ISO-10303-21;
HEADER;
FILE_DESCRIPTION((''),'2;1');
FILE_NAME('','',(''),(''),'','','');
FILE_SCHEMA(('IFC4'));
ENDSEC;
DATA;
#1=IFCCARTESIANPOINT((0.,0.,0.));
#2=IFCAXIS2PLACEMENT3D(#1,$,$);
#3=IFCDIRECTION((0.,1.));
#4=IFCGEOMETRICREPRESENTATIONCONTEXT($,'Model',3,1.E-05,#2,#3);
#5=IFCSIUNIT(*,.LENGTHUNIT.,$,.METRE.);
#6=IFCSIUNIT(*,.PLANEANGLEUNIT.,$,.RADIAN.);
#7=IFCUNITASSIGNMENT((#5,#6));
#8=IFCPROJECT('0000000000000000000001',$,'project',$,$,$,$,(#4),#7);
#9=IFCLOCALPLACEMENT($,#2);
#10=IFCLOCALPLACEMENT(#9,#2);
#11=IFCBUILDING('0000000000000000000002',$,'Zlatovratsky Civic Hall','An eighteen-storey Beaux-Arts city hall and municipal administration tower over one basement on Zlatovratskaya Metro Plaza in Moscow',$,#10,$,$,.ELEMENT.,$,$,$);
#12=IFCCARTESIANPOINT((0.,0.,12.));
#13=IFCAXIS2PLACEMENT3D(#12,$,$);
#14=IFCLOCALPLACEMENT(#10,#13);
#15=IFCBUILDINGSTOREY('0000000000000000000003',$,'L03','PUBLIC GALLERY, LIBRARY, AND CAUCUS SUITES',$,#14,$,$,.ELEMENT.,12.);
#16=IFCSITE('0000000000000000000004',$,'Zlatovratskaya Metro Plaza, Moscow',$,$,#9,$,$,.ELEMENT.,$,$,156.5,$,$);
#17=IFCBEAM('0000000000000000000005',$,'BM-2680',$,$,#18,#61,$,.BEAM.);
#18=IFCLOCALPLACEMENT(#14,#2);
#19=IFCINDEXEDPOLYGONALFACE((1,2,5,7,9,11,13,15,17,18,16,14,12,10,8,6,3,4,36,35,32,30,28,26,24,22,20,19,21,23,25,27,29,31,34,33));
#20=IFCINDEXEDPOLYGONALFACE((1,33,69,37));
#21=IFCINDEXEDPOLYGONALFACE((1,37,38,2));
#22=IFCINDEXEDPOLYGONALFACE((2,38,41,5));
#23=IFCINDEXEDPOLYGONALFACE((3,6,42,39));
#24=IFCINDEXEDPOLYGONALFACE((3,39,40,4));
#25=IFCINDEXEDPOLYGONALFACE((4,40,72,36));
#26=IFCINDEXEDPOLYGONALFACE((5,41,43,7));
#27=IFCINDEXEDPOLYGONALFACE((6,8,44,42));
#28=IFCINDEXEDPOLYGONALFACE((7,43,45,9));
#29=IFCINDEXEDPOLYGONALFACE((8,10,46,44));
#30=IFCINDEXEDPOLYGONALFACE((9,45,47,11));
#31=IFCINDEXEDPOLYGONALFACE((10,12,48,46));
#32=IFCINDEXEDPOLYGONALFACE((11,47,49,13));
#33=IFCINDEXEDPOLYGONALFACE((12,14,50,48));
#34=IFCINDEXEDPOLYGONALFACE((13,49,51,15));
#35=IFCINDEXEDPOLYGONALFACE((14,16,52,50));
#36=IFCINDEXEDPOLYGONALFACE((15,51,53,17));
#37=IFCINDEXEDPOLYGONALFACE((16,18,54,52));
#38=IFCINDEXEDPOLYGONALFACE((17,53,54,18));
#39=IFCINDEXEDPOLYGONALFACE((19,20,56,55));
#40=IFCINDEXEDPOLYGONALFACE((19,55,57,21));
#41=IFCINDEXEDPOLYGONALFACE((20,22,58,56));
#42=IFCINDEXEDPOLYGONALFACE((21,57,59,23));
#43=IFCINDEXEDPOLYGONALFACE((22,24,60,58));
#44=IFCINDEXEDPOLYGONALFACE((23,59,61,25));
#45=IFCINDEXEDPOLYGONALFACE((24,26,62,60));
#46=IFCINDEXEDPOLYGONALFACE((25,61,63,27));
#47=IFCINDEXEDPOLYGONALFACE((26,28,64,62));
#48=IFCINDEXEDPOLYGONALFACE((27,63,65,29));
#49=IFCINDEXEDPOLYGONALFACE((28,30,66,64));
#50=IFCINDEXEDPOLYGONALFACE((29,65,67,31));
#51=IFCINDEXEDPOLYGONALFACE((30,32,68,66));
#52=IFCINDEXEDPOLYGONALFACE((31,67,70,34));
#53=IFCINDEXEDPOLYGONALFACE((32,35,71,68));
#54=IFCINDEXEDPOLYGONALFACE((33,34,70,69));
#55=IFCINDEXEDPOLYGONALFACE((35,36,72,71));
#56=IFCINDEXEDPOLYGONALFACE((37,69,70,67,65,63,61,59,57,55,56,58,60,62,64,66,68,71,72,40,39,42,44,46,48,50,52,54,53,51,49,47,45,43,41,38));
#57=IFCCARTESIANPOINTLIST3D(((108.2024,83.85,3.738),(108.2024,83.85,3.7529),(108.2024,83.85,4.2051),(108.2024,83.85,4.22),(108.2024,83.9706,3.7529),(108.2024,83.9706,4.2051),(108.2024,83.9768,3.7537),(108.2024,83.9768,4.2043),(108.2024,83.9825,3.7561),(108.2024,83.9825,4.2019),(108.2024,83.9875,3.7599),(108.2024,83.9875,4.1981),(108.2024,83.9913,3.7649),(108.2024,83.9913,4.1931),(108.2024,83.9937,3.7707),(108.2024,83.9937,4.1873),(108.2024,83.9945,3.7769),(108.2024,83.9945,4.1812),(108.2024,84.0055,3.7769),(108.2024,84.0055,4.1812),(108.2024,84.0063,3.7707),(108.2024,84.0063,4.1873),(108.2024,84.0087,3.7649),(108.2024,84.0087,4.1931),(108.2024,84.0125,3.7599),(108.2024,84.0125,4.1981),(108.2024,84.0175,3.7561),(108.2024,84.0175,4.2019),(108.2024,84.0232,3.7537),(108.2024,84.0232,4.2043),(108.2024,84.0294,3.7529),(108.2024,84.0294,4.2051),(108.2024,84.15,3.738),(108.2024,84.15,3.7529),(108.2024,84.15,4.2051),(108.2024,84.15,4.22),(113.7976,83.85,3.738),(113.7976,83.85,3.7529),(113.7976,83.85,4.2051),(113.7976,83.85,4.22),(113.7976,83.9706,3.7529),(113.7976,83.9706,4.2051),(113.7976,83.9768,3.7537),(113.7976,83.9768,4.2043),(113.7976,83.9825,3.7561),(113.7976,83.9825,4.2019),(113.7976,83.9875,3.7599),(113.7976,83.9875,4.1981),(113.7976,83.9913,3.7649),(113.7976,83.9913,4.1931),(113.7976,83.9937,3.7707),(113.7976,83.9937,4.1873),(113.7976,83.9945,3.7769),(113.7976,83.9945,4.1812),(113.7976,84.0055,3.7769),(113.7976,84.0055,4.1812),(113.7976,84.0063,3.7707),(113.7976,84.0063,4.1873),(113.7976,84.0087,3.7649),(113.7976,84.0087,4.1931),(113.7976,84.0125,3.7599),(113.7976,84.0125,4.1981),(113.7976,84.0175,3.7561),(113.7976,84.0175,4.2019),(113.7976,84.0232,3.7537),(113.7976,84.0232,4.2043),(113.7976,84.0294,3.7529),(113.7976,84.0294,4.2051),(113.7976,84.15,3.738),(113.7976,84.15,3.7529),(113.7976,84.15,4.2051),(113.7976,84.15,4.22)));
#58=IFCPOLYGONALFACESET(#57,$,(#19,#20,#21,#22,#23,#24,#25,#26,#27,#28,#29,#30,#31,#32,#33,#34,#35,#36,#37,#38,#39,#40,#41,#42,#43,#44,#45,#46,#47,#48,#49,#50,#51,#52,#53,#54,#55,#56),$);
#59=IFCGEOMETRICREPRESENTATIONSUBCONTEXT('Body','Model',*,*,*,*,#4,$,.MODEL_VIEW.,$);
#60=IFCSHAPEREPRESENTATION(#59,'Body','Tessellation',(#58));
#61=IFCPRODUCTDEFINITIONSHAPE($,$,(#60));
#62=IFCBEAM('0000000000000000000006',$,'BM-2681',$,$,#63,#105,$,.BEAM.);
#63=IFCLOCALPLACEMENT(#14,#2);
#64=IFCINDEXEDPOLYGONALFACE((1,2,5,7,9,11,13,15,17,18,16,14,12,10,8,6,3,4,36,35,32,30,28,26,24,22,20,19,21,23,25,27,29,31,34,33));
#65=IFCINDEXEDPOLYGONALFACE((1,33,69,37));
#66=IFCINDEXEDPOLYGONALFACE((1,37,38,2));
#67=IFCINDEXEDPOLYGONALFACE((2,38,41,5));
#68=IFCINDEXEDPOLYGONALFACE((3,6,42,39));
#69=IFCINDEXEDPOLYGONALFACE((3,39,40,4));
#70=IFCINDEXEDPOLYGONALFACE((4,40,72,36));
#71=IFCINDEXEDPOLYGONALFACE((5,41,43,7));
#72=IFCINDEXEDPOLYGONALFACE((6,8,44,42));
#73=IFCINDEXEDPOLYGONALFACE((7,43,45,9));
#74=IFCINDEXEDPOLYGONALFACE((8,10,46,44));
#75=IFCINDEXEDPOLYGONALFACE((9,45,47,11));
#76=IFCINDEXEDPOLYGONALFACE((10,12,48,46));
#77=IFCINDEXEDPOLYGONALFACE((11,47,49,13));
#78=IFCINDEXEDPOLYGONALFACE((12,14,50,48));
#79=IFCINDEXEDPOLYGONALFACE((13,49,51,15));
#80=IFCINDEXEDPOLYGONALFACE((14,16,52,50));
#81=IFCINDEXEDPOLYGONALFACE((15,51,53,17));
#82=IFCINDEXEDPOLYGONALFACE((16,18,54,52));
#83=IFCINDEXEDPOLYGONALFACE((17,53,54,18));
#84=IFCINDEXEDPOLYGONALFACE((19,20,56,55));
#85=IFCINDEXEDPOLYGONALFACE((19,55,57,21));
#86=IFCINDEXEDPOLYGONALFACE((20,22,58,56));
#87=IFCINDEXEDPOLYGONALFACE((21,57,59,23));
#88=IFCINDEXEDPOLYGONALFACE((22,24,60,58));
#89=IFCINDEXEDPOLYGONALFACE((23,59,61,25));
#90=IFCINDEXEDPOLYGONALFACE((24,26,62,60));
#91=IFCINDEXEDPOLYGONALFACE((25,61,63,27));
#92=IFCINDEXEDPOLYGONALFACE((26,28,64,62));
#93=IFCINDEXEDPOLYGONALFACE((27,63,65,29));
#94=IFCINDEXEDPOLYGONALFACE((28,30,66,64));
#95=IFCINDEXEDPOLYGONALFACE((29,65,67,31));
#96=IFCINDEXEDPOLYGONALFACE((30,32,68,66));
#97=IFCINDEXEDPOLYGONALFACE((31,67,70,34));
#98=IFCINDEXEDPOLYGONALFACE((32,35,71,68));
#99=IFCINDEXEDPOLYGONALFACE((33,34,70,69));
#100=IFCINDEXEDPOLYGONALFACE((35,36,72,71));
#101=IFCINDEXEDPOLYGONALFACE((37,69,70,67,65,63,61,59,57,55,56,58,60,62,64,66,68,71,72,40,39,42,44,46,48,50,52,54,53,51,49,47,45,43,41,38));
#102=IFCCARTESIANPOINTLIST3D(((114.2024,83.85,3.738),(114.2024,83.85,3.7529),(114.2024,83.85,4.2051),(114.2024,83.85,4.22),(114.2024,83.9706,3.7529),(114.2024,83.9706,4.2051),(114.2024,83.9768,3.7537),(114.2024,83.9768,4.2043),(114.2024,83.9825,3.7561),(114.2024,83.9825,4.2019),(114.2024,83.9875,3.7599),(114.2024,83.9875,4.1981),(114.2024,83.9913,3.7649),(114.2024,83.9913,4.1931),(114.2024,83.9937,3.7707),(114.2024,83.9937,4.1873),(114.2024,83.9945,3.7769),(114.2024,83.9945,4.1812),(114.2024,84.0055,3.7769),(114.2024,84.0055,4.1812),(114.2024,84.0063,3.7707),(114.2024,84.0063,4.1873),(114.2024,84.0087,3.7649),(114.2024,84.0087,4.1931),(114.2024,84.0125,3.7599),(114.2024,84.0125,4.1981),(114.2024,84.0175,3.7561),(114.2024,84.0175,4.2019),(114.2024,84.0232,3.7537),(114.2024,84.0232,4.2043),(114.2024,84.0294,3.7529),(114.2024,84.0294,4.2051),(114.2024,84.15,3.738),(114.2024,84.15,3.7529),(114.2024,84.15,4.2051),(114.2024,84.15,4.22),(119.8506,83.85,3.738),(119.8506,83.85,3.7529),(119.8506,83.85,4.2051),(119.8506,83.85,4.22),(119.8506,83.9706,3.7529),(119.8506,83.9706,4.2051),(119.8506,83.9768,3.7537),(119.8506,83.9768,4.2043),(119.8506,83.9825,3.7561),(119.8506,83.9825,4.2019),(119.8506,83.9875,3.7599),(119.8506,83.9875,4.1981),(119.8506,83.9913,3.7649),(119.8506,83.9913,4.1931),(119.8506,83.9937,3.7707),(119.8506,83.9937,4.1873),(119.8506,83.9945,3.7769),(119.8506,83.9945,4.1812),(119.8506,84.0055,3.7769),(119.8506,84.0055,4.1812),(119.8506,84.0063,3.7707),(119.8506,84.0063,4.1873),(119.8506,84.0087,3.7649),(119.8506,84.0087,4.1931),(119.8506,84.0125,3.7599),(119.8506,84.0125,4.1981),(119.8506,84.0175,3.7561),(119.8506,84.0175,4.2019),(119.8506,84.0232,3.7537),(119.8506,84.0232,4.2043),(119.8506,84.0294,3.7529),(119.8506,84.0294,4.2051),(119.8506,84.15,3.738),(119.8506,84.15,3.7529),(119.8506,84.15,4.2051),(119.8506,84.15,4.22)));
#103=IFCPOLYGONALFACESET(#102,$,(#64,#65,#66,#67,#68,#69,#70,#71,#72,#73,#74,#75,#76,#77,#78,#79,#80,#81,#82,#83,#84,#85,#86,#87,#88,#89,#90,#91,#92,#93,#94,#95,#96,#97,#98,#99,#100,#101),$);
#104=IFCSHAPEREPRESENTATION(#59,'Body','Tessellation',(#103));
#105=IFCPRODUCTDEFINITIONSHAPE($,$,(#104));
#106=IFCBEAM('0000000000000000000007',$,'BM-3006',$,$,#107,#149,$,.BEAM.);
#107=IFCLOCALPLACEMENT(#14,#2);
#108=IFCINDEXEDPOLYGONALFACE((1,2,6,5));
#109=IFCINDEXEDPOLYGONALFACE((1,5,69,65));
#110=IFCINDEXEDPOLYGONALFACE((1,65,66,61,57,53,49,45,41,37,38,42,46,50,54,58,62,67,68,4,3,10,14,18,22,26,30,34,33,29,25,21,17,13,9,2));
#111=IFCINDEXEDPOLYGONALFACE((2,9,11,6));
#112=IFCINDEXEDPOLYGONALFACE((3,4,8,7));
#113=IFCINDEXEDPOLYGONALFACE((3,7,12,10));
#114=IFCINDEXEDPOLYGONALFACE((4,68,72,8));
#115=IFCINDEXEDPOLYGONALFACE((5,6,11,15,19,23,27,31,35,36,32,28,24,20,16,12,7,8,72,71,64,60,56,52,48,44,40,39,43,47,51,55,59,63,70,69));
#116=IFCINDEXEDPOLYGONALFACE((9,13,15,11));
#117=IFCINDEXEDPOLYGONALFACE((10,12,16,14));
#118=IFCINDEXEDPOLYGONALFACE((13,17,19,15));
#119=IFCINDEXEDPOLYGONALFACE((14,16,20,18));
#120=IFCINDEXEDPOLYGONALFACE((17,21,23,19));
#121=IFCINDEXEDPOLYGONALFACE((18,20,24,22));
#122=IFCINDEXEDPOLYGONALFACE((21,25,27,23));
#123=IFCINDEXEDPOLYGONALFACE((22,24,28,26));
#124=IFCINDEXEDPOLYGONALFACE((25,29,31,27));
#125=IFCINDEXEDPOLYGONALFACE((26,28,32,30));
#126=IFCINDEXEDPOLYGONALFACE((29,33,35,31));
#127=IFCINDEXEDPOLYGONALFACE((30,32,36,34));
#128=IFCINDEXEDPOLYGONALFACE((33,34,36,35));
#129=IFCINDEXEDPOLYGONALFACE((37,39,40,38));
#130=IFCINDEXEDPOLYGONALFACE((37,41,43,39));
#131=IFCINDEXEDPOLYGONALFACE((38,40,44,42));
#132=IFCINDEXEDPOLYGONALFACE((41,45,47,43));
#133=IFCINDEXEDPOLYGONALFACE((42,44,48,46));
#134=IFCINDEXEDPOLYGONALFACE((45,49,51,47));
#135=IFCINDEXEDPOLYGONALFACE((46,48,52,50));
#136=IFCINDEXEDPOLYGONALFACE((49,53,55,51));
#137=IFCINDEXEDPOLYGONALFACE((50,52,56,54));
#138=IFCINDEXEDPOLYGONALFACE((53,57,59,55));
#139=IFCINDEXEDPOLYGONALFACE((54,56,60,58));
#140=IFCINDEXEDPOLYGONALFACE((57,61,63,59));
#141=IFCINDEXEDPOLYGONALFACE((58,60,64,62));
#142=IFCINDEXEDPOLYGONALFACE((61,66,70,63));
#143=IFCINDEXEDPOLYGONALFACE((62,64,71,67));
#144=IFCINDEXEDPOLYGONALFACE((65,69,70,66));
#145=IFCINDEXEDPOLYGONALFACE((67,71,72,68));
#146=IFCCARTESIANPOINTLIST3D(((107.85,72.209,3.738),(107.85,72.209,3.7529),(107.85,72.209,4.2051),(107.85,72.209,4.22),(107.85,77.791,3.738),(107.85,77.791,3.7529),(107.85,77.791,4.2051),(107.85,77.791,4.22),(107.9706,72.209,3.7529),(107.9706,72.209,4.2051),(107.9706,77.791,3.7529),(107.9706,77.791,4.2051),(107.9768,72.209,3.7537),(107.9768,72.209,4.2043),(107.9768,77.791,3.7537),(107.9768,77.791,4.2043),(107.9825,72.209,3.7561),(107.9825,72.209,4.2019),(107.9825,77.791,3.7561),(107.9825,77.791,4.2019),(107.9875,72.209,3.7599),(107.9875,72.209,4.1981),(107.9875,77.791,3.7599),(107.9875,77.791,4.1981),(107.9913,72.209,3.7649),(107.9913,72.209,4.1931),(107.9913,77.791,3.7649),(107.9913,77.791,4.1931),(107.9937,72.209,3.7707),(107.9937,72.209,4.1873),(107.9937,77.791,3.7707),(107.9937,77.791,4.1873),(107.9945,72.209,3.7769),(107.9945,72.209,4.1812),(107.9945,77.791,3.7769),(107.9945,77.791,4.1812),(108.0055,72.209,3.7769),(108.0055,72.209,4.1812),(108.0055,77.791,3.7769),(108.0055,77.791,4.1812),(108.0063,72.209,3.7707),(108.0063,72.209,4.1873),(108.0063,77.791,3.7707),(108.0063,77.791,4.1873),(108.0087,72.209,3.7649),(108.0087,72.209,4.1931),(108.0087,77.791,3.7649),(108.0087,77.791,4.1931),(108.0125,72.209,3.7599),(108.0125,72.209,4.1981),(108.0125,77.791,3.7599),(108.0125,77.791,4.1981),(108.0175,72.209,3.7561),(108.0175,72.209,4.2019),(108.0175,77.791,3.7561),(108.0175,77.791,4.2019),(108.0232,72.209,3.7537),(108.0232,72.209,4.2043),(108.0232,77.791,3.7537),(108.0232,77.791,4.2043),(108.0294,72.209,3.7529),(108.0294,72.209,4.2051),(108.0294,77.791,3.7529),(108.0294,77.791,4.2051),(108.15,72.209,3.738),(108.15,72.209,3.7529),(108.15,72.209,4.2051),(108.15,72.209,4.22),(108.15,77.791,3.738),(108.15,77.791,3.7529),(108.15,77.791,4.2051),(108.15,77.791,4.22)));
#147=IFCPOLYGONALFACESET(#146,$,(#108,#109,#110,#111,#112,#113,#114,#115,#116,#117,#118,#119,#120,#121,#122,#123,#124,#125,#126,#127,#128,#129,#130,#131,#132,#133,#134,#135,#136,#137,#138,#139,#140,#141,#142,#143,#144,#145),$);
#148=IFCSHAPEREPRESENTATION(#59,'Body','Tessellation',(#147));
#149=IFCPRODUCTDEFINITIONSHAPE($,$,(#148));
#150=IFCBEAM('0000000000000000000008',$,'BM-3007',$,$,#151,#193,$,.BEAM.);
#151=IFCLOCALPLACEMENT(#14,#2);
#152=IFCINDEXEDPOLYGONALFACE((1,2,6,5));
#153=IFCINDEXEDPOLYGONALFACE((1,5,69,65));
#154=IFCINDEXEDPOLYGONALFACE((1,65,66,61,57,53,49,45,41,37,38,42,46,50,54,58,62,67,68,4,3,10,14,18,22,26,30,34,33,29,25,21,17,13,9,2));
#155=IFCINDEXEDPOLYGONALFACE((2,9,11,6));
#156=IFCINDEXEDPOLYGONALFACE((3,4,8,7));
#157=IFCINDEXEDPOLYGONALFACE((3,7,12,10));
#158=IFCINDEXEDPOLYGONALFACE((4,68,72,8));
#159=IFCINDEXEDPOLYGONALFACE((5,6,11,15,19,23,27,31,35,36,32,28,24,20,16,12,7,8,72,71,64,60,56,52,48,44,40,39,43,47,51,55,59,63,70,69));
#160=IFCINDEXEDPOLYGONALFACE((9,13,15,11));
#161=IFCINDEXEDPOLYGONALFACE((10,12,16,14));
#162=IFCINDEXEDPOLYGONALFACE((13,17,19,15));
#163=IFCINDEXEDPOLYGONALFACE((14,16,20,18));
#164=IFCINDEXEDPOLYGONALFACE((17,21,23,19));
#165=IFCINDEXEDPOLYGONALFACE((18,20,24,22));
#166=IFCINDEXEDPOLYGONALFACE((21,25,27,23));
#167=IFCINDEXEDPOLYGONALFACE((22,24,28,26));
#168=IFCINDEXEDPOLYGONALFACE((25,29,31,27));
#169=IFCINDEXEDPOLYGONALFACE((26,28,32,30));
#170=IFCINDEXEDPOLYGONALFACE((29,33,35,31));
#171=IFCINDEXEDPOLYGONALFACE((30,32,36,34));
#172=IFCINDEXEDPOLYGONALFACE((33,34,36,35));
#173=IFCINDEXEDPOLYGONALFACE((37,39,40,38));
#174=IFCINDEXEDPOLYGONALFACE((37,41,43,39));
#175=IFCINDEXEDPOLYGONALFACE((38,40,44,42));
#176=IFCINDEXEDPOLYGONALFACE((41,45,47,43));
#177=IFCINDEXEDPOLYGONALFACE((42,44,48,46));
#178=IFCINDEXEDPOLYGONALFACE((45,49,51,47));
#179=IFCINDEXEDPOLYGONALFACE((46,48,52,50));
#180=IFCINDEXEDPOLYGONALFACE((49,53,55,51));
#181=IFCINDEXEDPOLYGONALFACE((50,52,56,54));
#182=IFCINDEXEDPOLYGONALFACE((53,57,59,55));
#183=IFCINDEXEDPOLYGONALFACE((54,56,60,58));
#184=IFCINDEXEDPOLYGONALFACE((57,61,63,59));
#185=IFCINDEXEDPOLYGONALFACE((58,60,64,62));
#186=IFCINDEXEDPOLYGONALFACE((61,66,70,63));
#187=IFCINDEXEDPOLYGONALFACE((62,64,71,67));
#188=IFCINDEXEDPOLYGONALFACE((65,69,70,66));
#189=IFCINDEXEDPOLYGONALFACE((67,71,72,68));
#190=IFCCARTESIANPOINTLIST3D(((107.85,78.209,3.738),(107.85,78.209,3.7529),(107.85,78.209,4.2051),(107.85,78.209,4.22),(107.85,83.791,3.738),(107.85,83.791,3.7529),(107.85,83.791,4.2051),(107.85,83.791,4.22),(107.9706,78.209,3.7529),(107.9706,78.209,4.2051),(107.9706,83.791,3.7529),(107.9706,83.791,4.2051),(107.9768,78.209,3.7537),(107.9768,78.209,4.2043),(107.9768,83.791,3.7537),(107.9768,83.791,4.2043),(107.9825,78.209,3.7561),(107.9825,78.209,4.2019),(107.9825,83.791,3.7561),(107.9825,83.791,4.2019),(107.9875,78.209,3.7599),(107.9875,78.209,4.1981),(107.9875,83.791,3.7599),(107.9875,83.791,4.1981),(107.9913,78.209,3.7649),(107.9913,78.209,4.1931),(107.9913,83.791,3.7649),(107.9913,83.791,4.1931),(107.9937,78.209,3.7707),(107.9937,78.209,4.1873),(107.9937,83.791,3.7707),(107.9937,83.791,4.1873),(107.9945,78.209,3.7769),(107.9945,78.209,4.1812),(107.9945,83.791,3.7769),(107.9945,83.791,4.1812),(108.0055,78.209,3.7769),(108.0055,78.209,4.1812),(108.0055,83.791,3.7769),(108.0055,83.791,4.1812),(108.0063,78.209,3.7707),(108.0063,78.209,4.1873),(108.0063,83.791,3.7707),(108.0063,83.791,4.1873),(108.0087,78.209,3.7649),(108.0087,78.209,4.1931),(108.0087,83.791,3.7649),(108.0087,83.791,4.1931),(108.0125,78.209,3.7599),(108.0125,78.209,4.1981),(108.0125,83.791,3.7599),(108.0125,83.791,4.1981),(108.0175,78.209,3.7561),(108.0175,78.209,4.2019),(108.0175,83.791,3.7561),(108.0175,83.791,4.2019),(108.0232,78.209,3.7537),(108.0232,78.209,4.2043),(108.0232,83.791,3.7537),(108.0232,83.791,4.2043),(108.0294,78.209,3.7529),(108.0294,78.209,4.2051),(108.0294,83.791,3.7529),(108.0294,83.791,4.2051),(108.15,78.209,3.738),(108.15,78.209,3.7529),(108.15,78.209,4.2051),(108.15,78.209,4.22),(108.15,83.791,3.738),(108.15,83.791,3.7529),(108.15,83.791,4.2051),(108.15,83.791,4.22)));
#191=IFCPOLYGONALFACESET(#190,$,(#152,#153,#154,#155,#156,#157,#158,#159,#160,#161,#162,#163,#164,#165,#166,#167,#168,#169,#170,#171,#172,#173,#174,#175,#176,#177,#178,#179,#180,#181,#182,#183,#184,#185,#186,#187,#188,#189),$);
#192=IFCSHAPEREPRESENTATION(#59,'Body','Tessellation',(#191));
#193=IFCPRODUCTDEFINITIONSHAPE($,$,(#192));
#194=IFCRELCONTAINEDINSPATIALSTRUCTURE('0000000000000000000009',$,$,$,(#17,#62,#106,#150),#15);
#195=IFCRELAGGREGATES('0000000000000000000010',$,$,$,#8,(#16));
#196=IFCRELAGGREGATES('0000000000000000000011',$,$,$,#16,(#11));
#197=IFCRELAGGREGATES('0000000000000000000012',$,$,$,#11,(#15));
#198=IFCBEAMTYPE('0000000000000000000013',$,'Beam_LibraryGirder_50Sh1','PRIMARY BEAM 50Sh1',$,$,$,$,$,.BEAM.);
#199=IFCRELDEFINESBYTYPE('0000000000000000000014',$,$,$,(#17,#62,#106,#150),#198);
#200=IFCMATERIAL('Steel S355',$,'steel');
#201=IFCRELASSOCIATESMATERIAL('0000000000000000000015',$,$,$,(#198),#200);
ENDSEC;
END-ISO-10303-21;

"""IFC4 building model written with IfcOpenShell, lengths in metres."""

from ifc_helpers import new_model, si_unit, direction, frame, origin, origin_2d, place, context, subcontext, project, spatial, i_section, extrude, material, material_profile, profile_set, type_object, element, save


model = new_model("IFC4")

# Units and contexts
model_context = context("Model", 3, precision=1e-05, world=origin(), true_north=direction((0.0, 1.0)))
body_context = subcontext(model_context, "Body", "Model", "MODEL_VIEW")
ifc_project = project(units=[si_unit("LENGTHUNIT", "METRE"), si_unit("PLANEANGLEUNIT", "RADIAN")], contexts=[model_context])

# Site, building, storey
site_placement = place(None, origin())
site = spatial("IfcSite", under=ifc_project, at=site_placement, Name="Zlatovratskaya Metro Plaza, Moscow", CompositionType="ELEMENT", RefElevation=156.5)
building_placement = place(site_placement, origin())
building = spatial("IfcBuilding", under=site, at=building_placement, Name="Zlatovratsky Civic Hall", Description="An eighteen-storey Beaux-Arts city hall and municipal administration tower over one basement on Zlatovratskaya Metro Plaza in Moscow", CompositionType="ELEMENT")
storey_placement = place(building_placement, frame((0.0, 0.0, 12.0)))
storey = spatial("IfcBuildingStorey", under=building, at=storey_placement, Name="L03", Description="PUBLIC GALLERY, LIBRARY, AND CAUCUS SUITES", CompositionType="ELEMENT", Elevation=12.0)

# Shared definitions
ifc_material_1 = material(Name="Steel S355", Category="steel")

# Beams
ifc_material_profile_1 = material_profile(ifc_material_1, i_section(OverallWidth=0.3, OverallDepth=0.4819, WebThickness=0.011, FlangeThickness=0.0149, FilletRadius=0.0239, at=origin_2d()), Name="50Sh1")
ifc_profile_set_1 = profile_set([ifc_material_profile_1], Name="Steel S355")
beam_type_1 = type_object("IfcBeamType", Name="Beam_LibraryGirder_50Sh1", Description="PRIMARY BEAM 50Sh1", PredefinedType="BEAM", material=ifc_profile_set_1)
beam_1_placement = place(storey_placement, frame((108.2024, 84.0, 3.979), z_axis=(1.0, 0.0, 0.0), x_axis=(0.0, 1.0, 0.0)))
element("IfcBeam", 1, at=beam_1_placement, inside=storey, type_object=beam_type_1, Name="BM-2680", PredefinedType="BEAM", context=body_context, shape_type="SweptSolid", body=[
    extrude(i_section(OverallWidth=0.3, OverallDepth=0.4819, WebThickness=0.011, FlangeThickness=0.0149, FilletRadius=0.0239, at=origin_2d()), origin(), (0.0, 0.0, 1.0), 5.5952),
])
beam_2_placement = place(storey_placement, frame((114.2024, 84.0, 3.979), z_axis=(1.0, 0.0, 0.0), x_axis=(0.0, 1.0, 0.0)))
element("IfcBeam", 2, at=beam_2_placement, inside=storey, type_object=beam_type_1, Name="BM-2681", PredefinedType="BEAM", context=body_context, shape_type="SweptSolid", body=[
    extrude(i_section(OverallWidth=0.3, OverallDepth=0.4819, WebThickness=0.011, FlangeThickness=0.0149, FilletRadius=0.0239, at=origin_2d()), origin(), (0.0, 0.0, 1.0), 5.6482),
])
for number, where, z_axis, x_axis, name in (
    (3, (108.0, 72.209, 3.979), (0.0, 1.0, 0.0), (-1.0, 0.0, 0.0), "BM-3006"),
    (4, (108.0, 78.209, 3.979), (0.0, 1.0, 0.0), (-1.0, 0.0, 0.0), "BM-3007"),
):
    element("IfcBeam", number, at=place(storey_placement, frame(where, z_axis=z_axis, x_axis=x_axis)), inside=storey, type_object=beam_type_1, Name=name, PredefinedType="BEAM", context=body_context, shape_type="SweptSolid", body=[
        extrude(i_section(OverallWidth=0.3, OverallDepth=0.4819, WebThickness=0.011, FlangeThickness=0.0149, FilletRadius=0.0239, at=origin_2d()), origin(), (0.0, 0.0, 1.0), 5.582),
    ])

save(model, "model.ifc")
